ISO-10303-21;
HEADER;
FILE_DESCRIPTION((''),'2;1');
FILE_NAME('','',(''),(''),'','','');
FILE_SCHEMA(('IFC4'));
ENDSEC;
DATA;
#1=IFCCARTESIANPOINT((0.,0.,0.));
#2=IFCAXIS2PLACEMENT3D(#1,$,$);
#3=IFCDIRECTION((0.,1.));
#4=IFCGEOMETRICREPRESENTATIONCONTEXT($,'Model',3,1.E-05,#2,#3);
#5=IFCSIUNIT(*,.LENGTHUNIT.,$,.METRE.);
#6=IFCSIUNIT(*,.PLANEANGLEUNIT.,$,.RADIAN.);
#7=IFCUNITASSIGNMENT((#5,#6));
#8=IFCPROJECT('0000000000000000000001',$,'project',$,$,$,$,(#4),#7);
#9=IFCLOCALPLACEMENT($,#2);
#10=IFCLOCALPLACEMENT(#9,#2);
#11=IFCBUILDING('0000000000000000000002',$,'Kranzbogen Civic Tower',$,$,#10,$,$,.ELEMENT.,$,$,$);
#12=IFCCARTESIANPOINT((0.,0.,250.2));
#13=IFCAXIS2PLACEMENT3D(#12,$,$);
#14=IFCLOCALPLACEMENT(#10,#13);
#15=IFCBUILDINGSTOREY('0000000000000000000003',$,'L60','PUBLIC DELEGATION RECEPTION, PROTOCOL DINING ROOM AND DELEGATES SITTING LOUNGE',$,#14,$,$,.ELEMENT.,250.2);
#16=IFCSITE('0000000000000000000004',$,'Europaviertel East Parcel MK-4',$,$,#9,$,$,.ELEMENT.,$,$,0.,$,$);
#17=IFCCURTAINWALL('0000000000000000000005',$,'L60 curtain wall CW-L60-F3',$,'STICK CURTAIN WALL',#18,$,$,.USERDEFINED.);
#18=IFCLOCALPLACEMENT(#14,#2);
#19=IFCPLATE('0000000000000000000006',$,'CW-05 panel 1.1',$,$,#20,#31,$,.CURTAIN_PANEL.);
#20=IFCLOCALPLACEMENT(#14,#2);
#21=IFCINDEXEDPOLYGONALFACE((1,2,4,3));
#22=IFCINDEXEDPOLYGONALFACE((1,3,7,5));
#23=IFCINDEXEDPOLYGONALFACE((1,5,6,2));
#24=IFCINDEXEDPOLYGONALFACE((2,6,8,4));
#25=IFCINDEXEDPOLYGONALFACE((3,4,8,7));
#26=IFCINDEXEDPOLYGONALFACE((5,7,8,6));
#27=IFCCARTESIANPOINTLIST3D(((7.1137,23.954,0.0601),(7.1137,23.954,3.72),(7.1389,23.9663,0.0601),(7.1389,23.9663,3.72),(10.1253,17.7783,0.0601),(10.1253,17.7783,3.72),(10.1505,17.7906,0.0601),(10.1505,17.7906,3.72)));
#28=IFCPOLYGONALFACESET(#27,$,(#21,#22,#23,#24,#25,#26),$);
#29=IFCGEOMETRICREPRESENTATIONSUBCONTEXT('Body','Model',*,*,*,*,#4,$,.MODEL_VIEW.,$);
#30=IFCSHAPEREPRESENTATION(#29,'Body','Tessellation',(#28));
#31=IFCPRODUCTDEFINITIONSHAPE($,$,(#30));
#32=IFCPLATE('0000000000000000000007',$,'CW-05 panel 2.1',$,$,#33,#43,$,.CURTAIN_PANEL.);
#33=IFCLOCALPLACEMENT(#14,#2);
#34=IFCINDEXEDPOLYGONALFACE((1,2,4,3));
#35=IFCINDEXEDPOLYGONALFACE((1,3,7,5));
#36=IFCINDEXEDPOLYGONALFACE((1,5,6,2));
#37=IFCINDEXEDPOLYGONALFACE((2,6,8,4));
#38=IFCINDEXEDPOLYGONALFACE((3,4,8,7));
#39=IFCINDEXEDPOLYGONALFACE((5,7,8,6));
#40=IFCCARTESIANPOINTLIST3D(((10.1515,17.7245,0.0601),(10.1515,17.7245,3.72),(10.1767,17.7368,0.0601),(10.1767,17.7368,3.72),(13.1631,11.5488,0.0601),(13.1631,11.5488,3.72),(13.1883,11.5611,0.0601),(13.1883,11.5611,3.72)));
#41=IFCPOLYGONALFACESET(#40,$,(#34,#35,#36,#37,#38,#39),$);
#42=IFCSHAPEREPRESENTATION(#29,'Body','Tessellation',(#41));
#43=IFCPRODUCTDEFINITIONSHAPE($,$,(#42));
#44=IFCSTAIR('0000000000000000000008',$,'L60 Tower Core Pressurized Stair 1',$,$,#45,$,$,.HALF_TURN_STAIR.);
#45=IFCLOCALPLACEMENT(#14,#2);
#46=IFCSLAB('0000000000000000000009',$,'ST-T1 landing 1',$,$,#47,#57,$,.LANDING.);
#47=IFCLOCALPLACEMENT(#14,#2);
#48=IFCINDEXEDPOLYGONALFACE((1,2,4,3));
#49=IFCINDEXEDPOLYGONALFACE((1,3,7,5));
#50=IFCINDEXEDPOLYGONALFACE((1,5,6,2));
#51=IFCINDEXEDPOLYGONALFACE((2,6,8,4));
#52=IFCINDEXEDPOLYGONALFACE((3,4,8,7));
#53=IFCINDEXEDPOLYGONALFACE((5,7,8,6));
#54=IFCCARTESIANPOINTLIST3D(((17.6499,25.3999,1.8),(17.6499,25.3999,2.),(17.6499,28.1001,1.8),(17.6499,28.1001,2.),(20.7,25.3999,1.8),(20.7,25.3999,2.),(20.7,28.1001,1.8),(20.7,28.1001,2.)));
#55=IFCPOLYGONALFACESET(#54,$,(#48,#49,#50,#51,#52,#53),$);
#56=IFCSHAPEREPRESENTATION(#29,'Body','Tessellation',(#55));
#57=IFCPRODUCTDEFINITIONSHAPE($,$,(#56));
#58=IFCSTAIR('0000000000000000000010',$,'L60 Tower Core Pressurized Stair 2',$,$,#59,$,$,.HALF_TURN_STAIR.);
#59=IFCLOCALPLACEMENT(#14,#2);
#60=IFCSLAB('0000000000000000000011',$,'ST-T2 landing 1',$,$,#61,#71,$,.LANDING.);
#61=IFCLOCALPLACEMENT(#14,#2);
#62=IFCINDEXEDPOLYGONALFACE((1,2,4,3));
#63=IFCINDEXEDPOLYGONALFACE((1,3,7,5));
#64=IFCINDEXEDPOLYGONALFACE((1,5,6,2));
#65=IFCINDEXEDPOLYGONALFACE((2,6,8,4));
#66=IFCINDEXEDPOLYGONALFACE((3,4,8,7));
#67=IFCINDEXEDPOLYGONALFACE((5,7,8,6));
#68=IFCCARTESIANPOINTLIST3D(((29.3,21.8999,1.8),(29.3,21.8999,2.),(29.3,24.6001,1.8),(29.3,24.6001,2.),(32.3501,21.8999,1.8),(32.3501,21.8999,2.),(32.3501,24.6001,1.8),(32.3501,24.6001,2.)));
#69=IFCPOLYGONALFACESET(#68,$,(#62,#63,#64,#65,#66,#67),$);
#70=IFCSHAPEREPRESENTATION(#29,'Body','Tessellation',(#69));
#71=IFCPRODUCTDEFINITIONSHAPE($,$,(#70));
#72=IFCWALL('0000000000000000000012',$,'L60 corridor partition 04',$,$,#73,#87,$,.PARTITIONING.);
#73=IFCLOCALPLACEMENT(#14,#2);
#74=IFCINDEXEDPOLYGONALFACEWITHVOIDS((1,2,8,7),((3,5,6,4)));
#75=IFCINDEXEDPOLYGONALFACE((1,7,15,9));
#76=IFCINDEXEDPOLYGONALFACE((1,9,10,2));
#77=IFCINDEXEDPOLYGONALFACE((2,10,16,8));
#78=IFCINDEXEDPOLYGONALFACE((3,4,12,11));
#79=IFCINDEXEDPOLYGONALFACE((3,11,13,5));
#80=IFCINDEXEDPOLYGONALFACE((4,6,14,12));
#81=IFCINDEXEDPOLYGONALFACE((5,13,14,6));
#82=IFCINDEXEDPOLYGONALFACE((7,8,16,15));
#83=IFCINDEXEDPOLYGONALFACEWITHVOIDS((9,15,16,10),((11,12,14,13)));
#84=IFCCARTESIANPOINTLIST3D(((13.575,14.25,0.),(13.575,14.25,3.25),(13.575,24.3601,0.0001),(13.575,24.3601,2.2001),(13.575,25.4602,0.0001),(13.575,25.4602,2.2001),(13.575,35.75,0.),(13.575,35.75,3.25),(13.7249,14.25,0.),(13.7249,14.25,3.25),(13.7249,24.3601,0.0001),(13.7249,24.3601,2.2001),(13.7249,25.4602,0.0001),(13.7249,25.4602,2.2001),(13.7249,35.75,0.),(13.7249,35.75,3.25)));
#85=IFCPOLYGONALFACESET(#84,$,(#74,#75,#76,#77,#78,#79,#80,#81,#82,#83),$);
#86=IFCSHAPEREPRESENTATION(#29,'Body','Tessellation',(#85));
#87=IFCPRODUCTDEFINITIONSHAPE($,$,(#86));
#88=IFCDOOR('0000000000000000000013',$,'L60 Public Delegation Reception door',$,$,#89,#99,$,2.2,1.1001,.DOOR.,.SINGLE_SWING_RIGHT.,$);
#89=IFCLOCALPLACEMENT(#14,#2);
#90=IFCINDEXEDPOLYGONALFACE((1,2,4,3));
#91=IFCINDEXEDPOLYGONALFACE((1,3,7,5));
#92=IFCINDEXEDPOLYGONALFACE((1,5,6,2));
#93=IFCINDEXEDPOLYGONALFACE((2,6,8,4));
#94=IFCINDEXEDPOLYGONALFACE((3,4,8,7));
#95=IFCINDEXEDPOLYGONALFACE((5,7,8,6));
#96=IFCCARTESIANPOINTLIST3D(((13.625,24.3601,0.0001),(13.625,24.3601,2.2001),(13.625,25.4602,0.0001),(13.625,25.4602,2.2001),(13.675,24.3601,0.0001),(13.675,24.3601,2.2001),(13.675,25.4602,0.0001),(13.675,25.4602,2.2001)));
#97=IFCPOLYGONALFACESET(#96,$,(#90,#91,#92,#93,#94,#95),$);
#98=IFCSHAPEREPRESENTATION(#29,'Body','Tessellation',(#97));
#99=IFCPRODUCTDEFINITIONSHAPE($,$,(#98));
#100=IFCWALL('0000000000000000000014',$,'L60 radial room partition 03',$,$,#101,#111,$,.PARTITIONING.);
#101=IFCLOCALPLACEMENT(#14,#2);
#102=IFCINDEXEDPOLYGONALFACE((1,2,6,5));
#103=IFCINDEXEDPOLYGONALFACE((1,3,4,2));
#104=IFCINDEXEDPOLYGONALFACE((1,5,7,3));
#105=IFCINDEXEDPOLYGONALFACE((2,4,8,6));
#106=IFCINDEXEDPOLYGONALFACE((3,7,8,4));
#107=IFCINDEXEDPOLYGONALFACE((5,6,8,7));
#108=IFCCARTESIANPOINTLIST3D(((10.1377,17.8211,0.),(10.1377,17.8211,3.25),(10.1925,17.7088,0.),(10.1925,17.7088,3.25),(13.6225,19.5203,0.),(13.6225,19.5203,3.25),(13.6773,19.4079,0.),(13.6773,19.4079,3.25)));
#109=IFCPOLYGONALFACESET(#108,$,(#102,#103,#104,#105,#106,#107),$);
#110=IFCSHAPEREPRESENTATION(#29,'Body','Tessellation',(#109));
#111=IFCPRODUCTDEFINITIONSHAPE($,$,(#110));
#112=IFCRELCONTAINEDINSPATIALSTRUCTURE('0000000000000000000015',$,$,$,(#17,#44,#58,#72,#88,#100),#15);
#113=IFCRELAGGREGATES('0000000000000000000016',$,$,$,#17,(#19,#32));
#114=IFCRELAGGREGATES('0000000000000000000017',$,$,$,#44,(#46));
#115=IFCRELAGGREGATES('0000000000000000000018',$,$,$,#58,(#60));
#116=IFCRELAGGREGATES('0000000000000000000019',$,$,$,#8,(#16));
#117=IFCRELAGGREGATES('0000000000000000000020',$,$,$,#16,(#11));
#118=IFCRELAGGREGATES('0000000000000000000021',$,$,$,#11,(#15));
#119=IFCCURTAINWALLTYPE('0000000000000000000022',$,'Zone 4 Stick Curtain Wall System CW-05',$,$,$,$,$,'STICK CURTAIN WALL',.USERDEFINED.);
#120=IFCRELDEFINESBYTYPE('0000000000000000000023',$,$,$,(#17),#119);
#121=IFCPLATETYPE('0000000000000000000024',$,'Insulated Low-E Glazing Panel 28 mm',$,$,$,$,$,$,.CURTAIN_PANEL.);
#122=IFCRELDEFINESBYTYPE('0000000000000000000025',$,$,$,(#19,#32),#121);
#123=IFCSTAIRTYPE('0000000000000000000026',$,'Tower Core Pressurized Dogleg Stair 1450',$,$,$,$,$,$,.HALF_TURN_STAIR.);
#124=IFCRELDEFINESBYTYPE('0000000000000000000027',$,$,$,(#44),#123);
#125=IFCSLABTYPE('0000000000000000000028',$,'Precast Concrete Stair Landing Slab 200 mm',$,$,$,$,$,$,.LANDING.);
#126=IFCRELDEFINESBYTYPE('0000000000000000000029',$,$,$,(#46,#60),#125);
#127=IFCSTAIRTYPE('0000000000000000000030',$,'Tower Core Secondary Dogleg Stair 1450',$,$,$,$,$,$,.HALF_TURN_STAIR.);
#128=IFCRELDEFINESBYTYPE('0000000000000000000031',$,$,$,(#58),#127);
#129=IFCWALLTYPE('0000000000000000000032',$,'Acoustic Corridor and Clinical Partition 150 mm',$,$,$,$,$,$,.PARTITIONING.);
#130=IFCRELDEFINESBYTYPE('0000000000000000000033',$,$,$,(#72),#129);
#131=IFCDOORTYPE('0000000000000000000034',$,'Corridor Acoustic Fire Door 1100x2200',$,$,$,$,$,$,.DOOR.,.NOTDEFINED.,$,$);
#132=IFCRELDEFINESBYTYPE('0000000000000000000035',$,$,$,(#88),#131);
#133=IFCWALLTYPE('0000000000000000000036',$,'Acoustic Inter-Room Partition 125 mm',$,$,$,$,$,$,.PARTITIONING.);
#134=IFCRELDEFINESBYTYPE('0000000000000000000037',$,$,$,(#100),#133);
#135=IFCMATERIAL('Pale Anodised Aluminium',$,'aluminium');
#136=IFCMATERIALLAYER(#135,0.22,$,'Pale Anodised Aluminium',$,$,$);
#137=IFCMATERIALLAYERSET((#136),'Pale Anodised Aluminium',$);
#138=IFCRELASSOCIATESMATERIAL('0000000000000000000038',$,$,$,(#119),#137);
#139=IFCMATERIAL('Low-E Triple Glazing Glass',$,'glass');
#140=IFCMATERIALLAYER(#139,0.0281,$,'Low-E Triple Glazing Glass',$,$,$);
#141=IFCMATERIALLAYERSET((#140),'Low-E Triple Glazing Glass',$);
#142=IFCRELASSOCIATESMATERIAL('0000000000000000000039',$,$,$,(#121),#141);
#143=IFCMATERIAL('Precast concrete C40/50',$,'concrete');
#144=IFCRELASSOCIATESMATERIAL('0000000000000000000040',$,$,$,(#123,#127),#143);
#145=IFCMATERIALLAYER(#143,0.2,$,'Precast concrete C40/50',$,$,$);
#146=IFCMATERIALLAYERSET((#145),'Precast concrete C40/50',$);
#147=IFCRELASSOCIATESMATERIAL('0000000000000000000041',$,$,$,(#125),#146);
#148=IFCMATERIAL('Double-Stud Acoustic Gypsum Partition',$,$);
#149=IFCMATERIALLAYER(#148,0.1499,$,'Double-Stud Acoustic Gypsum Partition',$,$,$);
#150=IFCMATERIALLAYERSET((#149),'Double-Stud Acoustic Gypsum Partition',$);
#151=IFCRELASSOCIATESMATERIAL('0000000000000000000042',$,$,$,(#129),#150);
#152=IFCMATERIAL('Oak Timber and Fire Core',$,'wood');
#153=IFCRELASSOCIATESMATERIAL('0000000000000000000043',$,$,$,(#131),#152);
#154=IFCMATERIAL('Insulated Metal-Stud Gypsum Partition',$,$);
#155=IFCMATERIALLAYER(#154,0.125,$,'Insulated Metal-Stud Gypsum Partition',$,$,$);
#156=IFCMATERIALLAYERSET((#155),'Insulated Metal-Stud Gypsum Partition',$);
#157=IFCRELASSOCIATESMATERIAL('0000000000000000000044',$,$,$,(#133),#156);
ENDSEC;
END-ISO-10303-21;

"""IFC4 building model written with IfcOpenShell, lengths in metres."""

from ifc_helpers import new_model, si_unit, direction, frame, frame_2d, origin, origin_2d, place, context, subcontext, project, spatial, polyline, rectangle, outline, extrude, material, layer, layer_set, type_object, element, fill, aggregate, save


model = new_model("IFC4")

# Units and contexts
model_context = context("Model", 3, precision=1e-05, world=origin(), true_north=direction((0.0, 1.0)))
body_context = subcontext(model_context, "Body", "Model", "MODEL_VIEW")
ifc_project = project(units=[si_unit("LENGTHUNIT", "METRE"), si_unit("PLANEANGLEUNIT", "RADIAN")], contexts=[model_context])

# Site, building, storey
site_placement = place(None, origin())
site = spatial("IfcSite", under=ifc_project, at=site_placement, Name="Europaviertel East Parcel MK-4", CompositionType="ELEMENT", RefElevation=0.0)
building_placement = place(site_placement, origin())
building = spatial("IfcBuilding", under=site, at=building_placement, Name="Kranzbogen Civic Tower", CompositionType="ELEMENT")
storey_placement = place(building_placement, frame((0.0, 0.0, 250.2)))
storey = spatial("IfcBuildingStorey", under=building, at=storey_placement, Name="L60", Description="PUBLIC DELEGATION RECEPTION, PROTOCOL DINING ROOM AND DELEGATES SITTING LOUNGE", CompositionType="ELEMENT", Elevation=250.2)

# Shared definitions
ifc_material_1 = material(Name="Pale Anodised Aluminium", Category="aluminium")

# Curtain wall
ifc_layer_1 = layer(ifc_material_1, 0.22, Name="Pale Anodised Aluminium")
ifc_layer_set_1 = layer_set([ifc_layer_1], Name="Pale Anodised Aluminium")
curtain_wall_type_1 = type_object("IfcCurtainWallType", Name="Zone 4 Stick Curtain Wall System CW-05", ElementType="STICK CURTAIN WALL", PredefinedType="USERDEFINED", material=ifc_layer_set_1)
curtain_wall_1_placement = place(storey_placement, origin())
curtain_wall_1 = element("IfcCurtainWall", 1, at=curtain_wall_1_placement, inside=storey, type_object=curtain_wall_type_1, Name="L60 curtain wall CW-L60-F3", ObjectType="STICK CURTAIN WALL", PredefinedType="USERDEFINED")

# Plates
ifc_material_2 = material(Name="Low-E Triple Glazing Glass", Category="glass")
ifc_layer_2 = layer(ifc_material_2, 0.0281, Name="Low-E Triple Glazing Glass")
ifc_layer_set_2 = layer_set([ifc_layer_2], Name="Low-E Triple Glazing Glass")
plate_type_1 = type_object("IfcPlateType", Name="Insulated Low-E Glazing Panel 28 mm", PredefinedType="CURTAIN_PANEL", material=ifc_layer_set_2)
plate_1_placement = place(storey_placement, frame((8.6321, 20.8723, 0.0601), z_axis=(0.0, 0.0, 1.0), x_axis=(0.438313, -0.898822, 0.0)))
plate_1 = element("IfcPlate", 2, at=plate_1_placement, type_object=plate_type_1, Name="CW-05 panel 1.1", PredefinedType="CURTAIN_PANEL", context=body_context, shape_type="SweptSolid", body=[
    extrude(rectangle(XDim=6.8708, YDim=0.0281, at=origin_2d()), origin(), (0.0, 0.0, 1.0), 3.6599),
])
plate_2_placement = place(storey_placement, frame((11.6699, 14.6428, 0.0601), z_axis=(0.0, 0.0, 1.0), x_axis=(0.438313, -0.898822, 0.0)))
plate_2 = element("IfcPlate", 3, at=plate_2_placement, type_object=plate_type_1, Name="CW-05 panel 2.1", PredefinedType="CURTAIN_PANEL", context=body_context, shape_type="SweptSolid", body=[
    extrude(rectangle(XDim=6.8708, YDim=0.0281, at=origin_2d()), origin(), (0.0, 0.0, 1.0), 3.6599),
])
aggregate(curtain_wall_1, [plate_1, plate_2])

# Stairs, slabs
ifc_material_3 = material(Name="Precast concrete C40/50", Category="concrete")
stair_type_1 = type_object("IfcStairType", Name="Tower Core Pressurized Dogleg Stair 1450", PredefinedType="HALF_TURN_STAIR", material=ifc_material_3)
stair_1_placement = place(storey_placement, origin())
stair_1 = element("IfcStair", 4, at=stair_1_placement, inside=storey, type_object=stair_type_1, Name="L60 Tower Core Pressurized Stair 1", PredefinedType="HALF_TURN_STAIR")
ifc_layer_3 = layer(ifc_material_3, 0.2, Name="Precast concrete C40/50")
ifc_layer_set_3 = layer_set([ifc_layer_3], Name="Precast concrete C40/50")
slab_type_1 = type_object("IfcSlabType", Name="Precast Concrete Stair Landing Slab 200 mm", PredefinedType="LANDING", material=ifc_layer_set_3)
slab_1_placement = place(storey_placement, frame((0.0, 0.0, 1.8)))
slab_1 = element("IfcSlab", 5, at=slab_1_placement, type_object=slab_type_1, Name="ST-T1 landing 1", PredefinedType="LANDING", context=body_context, shape_type="SweptSolid", body=[
    extrude(outline(polyline([(20.7, 25.3999), (20.7, 28.1001), (17.6499, 28.1001), (17.6499, 25.3999), (20.7, 25.3999)])), origin(), (0.0, 0.0, 1.0), 0.2),
])
aggregate(stair_1, [slab_1])
stair_type_2 = type_object("IfcStairType", Name="Tower Core Secondary Dogleg Stair 1450", PredefinedType="HALF_TURN_STAIR", material=ifc_material_3)
stair_2_placement = place(storey_placement, origin())
stair_2 = element("IfcStair", 6, at=stair_2_placement, inside=storey, type_object=stair_type_2, Name="L60 Tower Core Pressurized Stair 2", PredefinedType="HALF_TURN_STAIR")
slab_2_placement = place(storey_placement, frame((0.0, 0.0, 1.8)))
slab_2 = element("IfcSlab", 7, at=slab_2_placement, type_object=slab_type_1, Name="ST-T2 landing 1", PredefinedType="LANDING", context=body_context, shape_type="SweptSolid", body=[
    extrude(outline(polyline([(29.3, 24.6001), (29.3, 21.8999), (32.3501, 21.8999), (32.3501, 24.6001), (29.3, 24.6001)])), origin(), (0.0, 0.0, 1.0), 0.2),
])
aggregate(stair_2, [slab_2])

# Wall, opening, door
ifc_material_4 = material(Name="Double-Stud Acoustic Gypsum Partition")
ifc_layer_4 = layer(ifc_material_4, 0.1499, Name="Double-Stud Acoustic Gypsum Partition")
ifc_layer_set_4 = layer_set([ifc_layer_4], Name="Double-Stud Acoustic Gypsum Partition")
wall_type_1 = type_object("IfcWallType", Name="Acoustic Corridor and Clinical Partition 150 mm", PredefinedType="PARTITIONING", material=ifc_layer_set_4)
wall_1_placement = place(storey_placement, frame((13.6499, 14.25, 0.0), z_axis=(0.0, 0.0, 1.0), x_axis=(0.0, 1.0, 0.0)))
wall_1 = element("IfcWall", 8, at=wall_1_placement, inside=storey, type_object=wall_type_1, Name="L60 corridor partition 04", PredefinedType="PARTITIONING", context=body_context, shape_type="SweptSolid", body=[
    extrude(rectangle(XDim=21.5, YDim=0.1499, at=frame_2d((10.75, 0.0))), origin(), (0.0, 0.0, 1.0), 3.25),
])
opening_placement = place(wall_1_placement, frame((10.1101, 0.0, 0.0)))
opening = element("IfcOpeningElement", 9, at=opening_placement, cuts=wall_1, PredefinedType="OPENING", context=body_context, shape_type="SweptSolid", body=[
    extrude(rectangle(XDim=1.1001, YDim=2.2, at=frame_2d((0.55, 1.1001))), frame((0.0, 0.085, 0.0), z_axis=(0.0, -1.0, 0.0), x_axis=(1.0, 0.0, 0.0)), (0.0, 0.0, 1.0), 0.1699),
])
ifc_material_5 = material(Name="Oak Timber and Fire Core", Category="wood")
door_type = type_object("IfcDoorType", Name="Corridor Acoustic Fire Door 1100x2200", OperationType="NOTDEFINED", PredefinedType="DOOR", material=ifc_material_5)
door_placement = place(opening_placement, origin())
door = element("IfcDoor", 10, at=door_placement, inside=storey, type_object=door_type, Name="L60 Public Delegation Reception door", OperationType="SINGLE_SWING_RIGHT", OverallHeight=2.2, OverallWidth=1.1001, PredefinedType="DOOR", context=body_context, shape_type="SweptSolid", body=[
    extrude(rectangle(XDim=1.1001, YDim=2.2, at=frame_2d((0.55, 1.1001))), frame((0.0, 0.0249, 0.0), z_axis=(0.0, -1.0, 0.0), x_axis=(1.0, 0.0, 0.0)), (0.0, 0.0, 1.0), 0.05),
])
fill(opening, door)

# Wall
ifc_material_6 = material(Name="Insulated Metal-Stud Gypsum Partition")
ifc_layer_5 = layer(ifc_material_6, 0.125, Name="Insulated Metal-Stud Gypsum Partition")
ifc_layer_set_5 = layer_set([ifc_layer_5], Name="Insulated Metal-Stud Gypsum Partition")
wall_type_2 = type_object("IfcWallType", Name="Acoustic Inter-Room Partition 125 mm", PredefinedType="PARTITIONING", material=ifc_layer_set_5)
wall_2_placement = place(storey_placement, frame((13.6499, 19.4641, 0.0), z_axis=(0.0, 0.0, 1.0), x_axis=(-0.898841, -0.438275, 0.0)))
element("IfcWall", 11, at=wall_2_placement, inside=storey, type_object=wall_type_2, Name="L60 radial room partition 03", PredefinedType="PARTITIONING", context=body_context, shape_type="SweptSolid", body=[
    extrude(rectangle(XDim=3.877, YDim=0.125, at=frame_2d((1.9385, 0.0))), origin(), (0.0, 0.0, 1.0), 3.25),
])

save(model, "model.ifc")
